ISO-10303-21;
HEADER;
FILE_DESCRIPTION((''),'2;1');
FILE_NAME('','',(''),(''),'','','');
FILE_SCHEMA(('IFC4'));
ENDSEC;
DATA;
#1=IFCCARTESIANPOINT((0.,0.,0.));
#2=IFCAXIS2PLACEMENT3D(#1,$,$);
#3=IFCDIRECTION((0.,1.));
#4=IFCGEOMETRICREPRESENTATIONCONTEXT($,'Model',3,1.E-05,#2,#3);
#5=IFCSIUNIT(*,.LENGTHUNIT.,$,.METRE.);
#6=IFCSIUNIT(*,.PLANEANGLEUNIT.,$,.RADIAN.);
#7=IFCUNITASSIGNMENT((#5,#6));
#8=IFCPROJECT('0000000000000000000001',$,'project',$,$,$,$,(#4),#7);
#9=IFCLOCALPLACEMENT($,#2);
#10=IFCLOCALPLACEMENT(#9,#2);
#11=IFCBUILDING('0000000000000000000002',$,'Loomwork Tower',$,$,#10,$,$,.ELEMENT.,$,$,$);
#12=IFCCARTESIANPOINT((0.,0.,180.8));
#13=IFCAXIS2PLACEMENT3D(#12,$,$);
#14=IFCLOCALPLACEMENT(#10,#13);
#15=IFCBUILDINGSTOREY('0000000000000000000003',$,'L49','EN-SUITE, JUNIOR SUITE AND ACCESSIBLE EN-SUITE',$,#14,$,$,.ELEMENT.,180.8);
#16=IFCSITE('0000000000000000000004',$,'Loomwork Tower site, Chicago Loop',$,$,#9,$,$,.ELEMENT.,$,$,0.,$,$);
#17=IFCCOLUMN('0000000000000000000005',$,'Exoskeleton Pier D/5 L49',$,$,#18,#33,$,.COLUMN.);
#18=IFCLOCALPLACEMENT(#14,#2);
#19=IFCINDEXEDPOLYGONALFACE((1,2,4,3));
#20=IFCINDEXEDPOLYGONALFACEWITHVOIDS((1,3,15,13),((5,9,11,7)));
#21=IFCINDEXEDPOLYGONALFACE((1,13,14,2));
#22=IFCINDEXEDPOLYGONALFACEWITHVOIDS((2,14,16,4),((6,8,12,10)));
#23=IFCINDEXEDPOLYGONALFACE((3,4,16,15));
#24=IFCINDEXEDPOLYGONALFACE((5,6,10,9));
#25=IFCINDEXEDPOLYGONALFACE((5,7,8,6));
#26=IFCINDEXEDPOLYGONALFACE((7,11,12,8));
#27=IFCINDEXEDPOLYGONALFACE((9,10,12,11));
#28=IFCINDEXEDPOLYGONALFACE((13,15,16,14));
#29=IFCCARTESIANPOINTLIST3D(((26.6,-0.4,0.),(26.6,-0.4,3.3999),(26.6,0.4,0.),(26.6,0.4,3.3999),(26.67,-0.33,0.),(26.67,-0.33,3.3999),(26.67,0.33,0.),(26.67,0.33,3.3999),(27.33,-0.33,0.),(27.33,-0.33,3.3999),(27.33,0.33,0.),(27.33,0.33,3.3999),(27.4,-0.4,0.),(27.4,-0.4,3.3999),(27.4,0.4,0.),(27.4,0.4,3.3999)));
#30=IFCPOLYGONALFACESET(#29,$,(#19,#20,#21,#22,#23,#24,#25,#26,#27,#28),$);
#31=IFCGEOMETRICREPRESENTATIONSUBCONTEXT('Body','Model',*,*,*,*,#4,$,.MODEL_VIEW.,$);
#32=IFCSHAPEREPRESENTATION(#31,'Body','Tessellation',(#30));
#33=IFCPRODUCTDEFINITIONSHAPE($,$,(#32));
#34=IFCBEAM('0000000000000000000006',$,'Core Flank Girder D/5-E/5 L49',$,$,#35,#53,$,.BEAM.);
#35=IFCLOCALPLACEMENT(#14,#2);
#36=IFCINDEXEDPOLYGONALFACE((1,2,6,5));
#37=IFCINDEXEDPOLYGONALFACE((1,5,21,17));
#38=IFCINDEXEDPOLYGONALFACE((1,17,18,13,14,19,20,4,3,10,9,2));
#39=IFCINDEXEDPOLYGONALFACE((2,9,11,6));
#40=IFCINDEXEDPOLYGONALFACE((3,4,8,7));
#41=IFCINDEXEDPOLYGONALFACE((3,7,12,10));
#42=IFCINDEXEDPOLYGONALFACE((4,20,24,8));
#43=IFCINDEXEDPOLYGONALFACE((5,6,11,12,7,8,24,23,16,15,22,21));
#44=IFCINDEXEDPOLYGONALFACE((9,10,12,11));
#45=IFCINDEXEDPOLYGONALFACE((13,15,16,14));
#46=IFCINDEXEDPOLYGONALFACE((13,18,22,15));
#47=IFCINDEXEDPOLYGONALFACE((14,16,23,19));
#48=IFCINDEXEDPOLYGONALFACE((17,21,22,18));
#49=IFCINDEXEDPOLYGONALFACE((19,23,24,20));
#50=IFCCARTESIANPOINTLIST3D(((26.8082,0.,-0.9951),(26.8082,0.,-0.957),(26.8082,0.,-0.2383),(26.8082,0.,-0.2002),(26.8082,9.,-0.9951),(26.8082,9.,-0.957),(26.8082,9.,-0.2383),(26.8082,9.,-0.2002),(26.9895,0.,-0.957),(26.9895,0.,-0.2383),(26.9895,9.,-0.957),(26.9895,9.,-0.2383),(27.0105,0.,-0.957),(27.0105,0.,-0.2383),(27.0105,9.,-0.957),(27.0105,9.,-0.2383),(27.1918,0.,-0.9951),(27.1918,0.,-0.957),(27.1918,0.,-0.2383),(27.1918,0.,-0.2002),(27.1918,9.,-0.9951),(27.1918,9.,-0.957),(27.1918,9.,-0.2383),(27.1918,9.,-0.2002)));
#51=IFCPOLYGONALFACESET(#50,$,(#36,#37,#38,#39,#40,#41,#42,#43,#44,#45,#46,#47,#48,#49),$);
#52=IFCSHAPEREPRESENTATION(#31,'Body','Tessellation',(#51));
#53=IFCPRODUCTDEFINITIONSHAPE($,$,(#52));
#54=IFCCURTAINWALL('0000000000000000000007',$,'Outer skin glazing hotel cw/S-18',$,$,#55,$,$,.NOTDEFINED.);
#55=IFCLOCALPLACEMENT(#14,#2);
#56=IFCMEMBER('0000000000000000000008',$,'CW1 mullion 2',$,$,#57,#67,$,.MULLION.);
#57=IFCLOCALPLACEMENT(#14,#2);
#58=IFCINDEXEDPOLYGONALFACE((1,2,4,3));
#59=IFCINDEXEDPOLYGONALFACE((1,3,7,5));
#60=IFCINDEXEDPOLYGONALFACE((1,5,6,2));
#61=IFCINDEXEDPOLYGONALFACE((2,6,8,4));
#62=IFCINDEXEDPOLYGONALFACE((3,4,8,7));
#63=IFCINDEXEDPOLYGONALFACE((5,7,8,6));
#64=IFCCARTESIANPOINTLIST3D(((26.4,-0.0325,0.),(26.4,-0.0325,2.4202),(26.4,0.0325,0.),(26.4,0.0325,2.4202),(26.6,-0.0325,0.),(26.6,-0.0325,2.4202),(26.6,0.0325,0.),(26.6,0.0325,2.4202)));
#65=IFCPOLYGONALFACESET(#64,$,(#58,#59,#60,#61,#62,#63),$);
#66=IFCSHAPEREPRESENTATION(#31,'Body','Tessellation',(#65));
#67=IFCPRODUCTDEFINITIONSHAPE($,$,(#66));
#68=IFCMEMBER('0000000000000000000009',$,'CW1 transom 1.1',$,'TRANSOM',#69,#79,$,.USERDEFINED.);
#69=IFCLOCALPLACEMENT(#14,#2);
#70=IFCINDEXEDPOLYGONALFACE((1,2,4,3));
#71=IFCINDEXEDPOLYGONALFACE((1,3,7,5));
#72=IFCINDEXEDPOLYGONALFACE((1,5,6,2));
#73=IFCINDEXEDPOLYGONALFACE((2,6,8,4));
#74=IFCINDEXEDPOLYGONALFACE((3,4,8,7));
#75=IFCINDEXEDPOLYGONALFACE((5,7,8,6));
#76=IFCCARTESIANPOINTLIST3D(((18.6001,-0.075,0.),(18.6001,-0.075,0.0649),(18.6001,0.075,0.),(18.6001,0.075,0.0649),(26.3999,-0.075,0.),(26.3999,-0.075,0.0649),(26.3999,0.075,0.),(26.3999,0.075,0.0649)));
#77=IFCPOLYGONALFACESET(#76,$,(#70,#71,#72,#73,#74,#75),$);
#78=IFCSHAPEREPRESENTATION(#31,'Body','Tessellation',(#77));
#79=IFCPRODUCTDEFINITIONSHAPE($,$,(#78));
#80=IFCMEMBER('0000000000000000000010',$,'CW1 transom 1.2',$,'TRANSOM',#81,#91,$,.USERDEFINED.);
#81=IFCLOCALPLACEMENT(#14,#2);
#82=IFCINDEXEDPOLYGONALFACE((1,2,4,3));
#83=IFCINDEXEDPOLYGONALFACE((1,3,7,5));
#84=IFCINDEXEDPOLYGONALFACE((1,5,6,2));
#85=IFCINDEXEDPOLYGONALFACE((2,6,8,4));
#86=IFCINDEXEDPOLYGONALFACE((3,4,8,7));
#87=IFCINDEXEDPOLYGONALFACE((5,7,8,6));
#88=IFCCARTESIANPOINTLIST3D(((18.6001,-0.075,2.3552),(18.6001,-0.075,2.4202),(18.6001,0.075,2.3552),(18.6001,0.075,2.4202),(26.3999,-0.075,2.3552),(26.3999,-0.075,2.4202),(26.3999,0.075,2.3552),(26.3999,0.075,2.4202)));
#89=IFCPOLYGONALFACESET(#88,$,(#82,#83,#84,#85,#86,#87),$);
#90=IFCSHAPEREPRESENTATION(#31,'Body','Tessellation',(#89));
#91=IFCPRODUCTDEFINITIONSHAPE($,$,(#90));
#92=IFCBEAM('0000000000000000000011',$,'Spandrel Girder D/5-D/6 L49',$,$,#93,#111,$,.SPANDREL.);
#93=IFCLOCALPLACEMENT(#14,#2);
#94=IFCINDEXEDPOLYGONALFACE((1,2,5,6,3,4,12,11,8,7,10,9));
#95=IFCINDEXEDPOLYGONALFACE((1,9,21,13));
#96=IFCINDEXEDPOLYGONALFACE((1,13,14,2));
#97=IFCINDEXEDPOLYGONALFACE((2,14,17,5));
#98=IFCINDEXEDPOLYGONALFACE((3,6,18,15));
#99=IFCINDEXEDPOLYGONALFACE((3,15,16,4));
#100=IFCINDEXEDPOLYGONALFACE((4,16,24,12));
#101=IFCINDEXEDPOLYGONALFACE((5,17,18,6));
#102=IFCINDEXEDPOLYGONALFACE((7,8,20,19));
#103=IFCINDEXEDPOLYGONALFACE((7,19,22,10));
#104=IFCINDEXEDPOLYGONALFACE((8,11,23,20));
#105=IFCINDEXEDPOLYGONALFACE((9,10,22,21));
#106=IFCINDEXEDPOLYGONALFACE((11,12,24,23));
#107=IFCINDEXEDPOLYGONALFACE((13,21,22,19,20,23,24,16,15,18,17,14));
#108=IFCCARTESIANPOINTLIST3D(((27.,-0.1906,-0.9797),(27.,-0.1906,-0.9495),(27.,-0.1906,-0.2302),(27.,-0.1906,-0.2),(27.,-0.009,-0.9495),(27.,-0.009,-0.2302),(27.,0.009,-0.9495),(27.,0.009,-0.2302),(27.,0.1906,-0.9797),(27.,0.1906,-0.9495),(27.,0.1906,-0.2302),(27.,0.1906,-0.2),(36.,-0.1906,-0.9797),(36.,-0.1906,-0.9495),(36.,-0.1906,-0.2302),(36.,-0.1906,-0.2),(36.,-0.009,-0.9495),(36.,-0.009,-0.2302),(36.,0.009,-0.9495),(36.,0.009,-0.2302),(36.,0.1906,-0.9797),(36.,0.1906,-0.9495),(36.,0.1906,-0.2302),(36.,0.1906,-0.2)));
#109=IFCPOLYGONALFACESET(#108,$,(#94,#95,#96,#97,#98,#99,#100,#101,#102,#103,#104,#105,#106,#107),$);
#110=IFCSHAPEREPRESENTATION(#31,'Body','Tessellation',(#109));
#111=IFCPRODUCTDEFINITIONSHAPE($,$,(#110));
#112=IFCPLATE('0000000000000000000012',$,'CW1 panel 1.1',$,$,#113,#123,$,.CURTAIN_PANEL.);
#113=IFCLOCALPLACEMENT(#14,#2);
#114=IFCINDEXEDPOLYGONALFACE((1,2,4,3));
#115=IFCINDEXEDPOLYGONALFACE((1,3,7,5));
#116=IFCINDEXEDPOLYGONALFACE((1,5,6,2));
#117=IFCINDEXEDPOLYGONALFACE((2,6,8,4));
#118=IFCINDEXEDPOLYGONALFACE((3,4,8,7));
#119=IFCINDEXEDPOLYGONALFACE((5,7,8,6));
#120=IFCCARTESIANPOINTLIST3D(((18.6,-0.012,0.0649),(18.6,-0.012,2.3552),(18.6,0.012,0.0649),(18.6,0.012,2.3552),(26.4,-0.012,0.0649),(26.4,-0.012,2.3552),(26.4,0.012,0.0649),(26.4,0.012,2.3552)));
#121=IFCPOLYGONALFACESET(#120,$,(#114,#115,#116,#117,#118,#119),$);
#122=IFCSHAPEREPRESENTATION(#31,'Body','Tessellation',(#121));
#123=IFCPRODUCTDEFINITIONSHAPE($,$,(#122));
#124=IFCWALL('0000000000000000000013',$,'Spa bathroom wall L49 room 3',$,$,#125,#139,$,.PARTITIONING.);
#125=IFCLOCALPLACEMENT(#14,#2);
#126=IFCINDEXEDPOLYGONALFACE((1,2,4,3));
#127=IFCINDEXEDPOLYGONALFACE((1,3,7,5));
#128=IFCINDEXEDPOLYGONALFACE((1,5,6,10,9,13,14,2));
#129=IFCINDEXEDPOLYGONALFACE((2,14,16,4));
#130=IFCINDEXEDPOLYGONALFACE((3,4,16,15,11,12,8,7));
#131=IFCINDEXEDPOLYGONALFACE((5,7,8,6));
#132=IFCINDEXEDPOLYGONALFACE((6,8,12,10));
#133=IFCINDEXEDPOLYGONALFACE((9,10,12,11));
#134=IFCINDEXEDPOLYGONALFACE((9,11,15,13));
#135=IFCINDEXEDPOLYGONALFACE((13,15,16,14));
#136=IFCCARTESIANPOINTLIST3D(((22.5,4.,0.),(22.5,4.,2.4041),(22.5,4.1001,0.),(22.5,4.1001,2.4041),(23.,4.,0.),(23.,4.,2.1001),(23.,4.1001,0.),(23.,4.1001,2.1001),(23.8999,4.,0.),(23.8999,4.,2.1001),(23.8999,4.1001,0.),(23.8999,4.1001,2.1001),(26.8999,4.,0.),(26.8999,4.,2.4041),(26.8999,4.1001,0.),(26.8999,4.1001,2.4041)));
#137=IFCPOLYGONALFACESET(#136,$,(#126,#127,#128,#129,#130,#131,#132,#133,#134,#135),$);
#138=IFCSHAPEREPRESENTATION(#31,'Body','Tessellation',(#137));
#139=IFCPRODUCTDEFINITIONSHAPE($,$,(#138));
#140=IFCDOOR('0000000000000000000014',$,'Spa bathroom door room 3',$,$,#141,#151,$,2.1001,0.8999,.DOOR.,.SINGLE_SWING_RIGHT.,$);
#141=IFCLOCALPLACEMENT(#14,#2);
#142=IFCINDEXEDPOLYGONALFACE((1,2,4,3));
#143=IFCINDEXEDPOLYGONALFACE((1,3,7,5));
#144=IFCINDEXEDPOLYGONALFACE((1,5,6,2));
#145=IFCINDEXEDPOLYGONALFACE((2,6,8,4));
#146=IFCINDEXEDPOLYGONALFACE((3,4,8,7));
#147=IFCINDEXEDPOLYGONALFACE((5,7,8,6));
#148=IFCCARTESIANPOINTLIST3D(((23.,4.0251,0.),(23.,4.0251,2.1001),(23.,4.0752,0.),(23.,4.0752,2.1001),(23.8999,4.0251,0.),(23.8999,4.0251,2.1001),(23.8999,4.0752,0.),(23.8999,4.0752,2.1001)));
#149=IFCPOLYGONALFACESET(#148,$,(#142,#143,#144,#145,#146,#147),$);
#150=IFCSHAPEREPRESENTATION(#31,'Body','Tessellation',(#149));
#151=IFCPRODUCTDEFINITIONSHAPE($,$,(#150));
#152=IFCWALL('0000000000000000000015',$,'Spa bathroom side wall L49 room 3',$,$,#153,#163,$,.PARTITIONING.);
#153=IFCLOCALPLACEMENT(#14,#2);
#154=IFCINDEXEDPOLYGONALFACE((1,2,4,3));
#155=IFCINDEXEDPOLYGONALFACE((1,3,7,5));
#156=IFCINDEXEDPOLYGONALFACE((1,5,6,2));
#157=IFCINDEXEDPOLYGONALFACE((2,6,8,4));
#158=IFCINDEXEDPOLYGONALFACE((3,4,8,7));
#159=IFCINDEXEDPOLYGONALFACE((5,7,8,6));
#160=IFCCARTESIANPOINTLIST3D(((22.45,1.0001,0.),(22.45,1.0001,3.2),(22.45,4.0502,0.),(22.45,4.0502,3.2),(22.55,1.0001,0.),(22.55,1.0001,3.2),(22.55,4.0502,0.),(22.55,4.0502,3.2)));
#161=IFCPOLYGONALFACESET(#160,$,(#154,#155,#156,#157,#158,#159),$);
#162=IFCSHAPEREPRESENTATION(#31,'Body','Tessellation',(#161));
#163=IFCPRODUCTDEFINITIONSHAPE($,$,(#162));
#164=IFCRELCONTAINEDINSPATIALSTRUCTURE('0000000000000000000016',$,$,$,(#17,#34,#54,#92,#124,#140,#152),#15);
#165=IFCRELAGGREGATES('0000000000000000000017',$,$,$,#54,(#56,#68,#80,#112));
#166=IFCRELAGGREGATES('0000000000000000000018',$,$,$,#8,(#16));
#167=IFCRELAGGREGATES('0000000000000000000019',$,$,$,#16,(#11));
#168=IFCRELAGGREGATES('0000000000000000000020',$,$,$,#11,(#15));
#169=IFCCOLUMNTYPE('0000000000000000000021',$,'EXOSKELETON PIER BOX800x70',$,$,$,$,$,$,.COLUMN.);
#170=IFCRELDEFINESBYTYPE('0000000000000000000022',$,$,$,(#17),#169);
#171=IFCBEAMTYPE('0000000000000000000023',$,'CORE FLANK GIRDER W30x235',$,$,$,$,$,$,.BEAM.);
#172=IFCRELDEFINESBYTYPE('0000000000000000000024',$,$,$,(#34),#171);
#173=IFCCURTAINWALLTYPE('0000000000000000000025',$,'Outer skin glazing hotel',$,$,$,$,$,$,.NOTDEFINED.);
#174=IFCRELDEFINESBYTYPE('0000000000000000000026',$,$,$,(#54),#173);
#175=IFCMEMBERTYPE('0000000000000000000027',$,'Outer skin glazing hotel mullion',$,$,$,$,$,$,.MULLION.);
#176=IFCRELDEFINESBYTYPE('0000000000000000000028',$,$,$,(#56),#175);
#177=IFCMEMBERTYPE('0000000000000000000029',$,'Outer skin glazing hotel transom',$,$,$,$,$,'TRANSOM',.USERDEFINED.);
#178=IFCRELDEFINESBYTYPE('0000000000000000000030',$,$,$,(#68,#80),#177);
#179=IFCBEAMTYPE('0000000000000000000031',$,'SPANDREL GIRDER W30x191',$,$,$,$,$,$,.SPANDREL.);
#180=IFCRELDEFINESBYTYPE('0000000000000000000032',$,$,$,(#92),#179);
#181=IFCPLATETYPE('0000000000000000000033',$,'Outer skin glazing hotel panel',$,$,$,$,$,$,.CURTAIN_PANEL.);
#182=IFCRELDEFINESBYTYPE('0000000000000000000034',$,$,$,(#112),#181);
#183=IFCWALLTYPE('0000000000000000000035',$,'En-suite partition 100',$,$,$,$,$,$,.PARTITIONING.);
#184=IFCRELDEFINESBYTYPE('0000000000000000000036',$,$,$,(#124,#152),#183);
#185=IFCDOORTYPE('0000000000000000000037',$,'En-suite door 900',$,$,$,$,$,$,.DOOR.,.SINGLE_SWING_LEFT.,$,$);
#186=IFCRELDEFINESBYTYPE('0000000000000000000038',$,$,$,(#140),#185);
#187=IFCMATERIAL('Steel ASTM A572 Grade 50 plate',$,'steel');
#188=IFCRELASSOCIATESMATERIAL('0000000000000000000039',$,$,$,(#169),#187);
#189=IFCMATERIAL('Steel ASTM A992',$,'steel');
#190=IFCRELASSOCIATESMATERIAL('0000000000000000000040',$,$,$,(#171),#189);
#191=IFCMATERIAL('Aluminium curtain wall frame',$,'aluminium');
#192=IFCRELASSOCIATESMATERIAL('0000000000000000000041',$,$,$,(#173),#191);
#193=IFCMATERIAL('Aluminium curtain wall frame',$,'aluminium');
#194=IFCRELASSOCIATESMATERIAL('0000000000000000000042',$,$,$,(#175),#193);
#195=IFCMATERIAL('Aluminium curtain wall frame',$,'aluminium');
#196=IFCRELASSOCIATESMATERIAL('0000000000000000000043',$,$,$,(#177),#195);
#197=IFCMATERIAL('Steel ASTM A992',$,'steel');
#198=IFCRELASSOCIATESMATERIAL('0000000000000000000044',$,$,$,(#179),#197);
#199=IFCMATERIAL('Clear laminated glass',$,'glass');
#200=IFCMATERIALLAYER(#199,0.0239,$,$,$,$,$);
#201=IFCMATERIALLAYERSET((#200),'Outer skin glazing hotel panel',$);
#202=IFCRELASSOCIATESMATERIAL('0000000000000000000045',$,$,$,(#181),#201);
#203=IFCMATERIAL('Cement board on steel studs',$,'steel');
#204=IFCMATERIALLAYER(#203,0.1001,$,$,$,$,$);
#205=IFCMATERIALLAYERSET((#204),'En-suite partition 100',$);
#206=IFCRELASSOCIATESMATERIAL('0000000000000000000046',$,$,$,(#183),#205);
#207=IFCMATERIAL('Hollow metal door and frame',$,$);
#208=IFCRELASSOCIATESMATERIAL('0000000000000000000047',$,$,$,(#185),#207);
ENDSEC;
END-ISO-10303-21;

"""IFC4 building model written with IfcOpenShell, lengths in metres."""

from ifc_helpers import new_model, si_unit, direction, frame, frame_2d, origin, origin_2d, place, context, subcontext, project, spatial, rectangle, hollow_rectangle, i_section, extrude, material, layer, layer_set, material_profile, profile_set, type_object, element, fill, aggregate, save


model = new_model("IFC4")

# Units and contexts
model_context = context("Model", 3, precision=1e-05, world=origin(), true_north=direction((0.0, 1.0)))
body_context = subcontext(model_context, "Body", "Model", "MODEL_VIEW")
ifc_project = project(units=[si_unit("LENGTHUNIT", "METRE"), si_unit("PLANEANGLEUNIT", "RADIAN")], contexts=[model_context])

# Site, building, storey
site_placement = place(None, origin())
site = spatial("IfcSite", under=ifc_project, at=site_placement, Name="Loomwork Tower site, Chicago Loop", CompositionType="ELEMENT", RefElevation=0.0)
building_placement = place(site_placement, origin())
building = spatial("IfcBuilding", under=site, at=building_placement, Name="Loomwork Tower", CompositionType="ELEMENT")
storey_placement = place(building_placement, frame((0.0, 0.0, 180.8)))
storey = spatial("IfcBuildingStorey", under=building, at=storey_placement, Name="L49", Description="EN-SUITE, JUNIOR SUITE AND ACCESSIBLE EN-SUITE", CompositionType="ELEMENT", Elevation=180.8)

# Column
ifc_material_1 = material(Name="Steel ASTM A572 Grade 50 plate", Category="steel")
ifc_material_profile_1 = material_profile(ifc_material_1, hollow_rectangle(XDim=0.8, YDim=0.8, WallThickness=0.0701, at=origin_2d()), Name="BOX800x70")
ifc_profile_set_1 = profile_set([ifc_material_profile_1], Name="Steel ASTM A572 Grade 50 plate")
column_type = type_object("IfcColumnType", Name="EXOSKELETON PIER BOX800x70", PredefinedType="COLUMN", material=ifc_profile_set_1)
column_placement = place(storey_placement, frame((27.0, 0.0, 0.0), z_axis=(0.0, 0.0, 1.0), x_axis=(1.0, 0.0, 0.0)))
element("IfcColumn", 1, at=column_placement, inside=storey, type_object=column_type, Name="Exoskeleton Pier D/5 L49", PredefinedType="COLUMN", context=body_context, shape_type="SweptSolid", body=[
    extrude(hollow_rectangle(XDim=0.8, YDim=0.8, WallThickness=0.0701, at=origin_2d()), origin(), (0.0, 0.0, 1.0), 3.3999),
])

# Beam
ifc_material_2 = material(Name="Steel ASTM A992", Category="steel")
ifc_material_profile_2 = material_profile(ifc_material_2, i_section(OverallWidth=0.3835, OverallDepth=0.7949, WebThickness=0.021, FlangeThickness=0.0381, at=origin_2d()), Name="W30x235")
ifc_profile_set_2 = profile_set([ifc_material_profile_2], Name="Steel ASTM A992")
beam_type_1 = type_object("IfcBeamType", Name="CORE FLANK GIRDER W30x235", PredefinedType="BEAM", material=ifc_profile_set_2)
beam_1_placement = place(storey_placement, frame((27.0, 0.0, -0.5977), z_axis=(0.0, 1.0, 0.0), x_axis=(-1.0, 0.0, 0.0)))
element("IfcBeam", 2, at=beam_1_placement, inside=storey, type_object=beam_type_1, Name="Core Flank Girder D/5-E/5 L49", PredefinedType="BEAM", context=body_context, shape_type="SweptSolid", body=[
    extrude(i_section(OverallWidth=0.3835, OverallDepth=0.7949, WebThickness=0.021, FlangeThickness=0.0381, at=origin_2d()), origin(), (0.0, 0.0, 1.0), 9.0),
])

# Curtain wall, members
ifc_material_3 = material(Name="Aluminium curtain wall frame", Category="aluminium")
curtain_wall_type = type_object("IfcCurtainWallType", Name="Outer skin glazing hotel", PredefinedType="NOTDEFINED", material=ifc_material_3)
curtain_wall_placement = place(storey_placement, origin())
curtain_wall = element("IfcCurtainWall", 3, at=curtain_wall_placement, inside=storey, type_object=curtain_wall_type, Name="Outer skin glazing hotel cw/S-18", PredefinedType="NOTDEFINED")
ifc_material_4 = material(Name="Aluminium curtain wall frame", Category="aluminium")
ifc_material_profile_3 = material_profile(ifc_material_4, rectangle(XDim=0.0649, YDim=0.2, at=origin_2d()), Name="AL 65x200")
ifc_profile_set_3 = profile_set([ifc_material_profile_3], Name="Aluminium curtain wall frame")
member_type_1 = type_object("IfcMemberType", Name="Outer skin glazing hotel mullion", PredefinedType="MULLION", material=ifc_profile_set_3)
member_1_placement = place(storey_placement, frame((26.5, 0.0, 0.0), z_axis=(0.0, 0.0, 1.0), x_axis=(0.0, 1.0, 0.0)))
member_1 = element("IfcMember", 4, at=member_1_placement, type_object=member_type_1, Name="CW1 mullion 2", PredefinedType="MULLION", context=body_context, shape_type="SweptSolid", body=[
    extrude(rectangle(XDim=0.0649, YDim=0.2, at=origin_2d()), origin(), (0.0, 0.0, 1.0), 2.4202),
])
ifc_material_5 = material(Name="Aluminium curtain wall frame", Category="aluminium")
ifc_material_profile_4 = material_profile(ifc_material_5, rectangle(XDim=0.1499, YDim=0.0649, at=origin_2d()), Name="AL 65x150")
ifc_profile_set_4 = profile_set([ifc_material_profile_4], Name="Aluminium curtain wall frame")
member_type_2 = type_object("IfcMemberType", Name="Outer skin glazing hotel transom", ElementType="TRANSOM", PredefinedType="USERDEFINED", material=ifc_profile_set_4)
member_2_placement = place(storey_placement, frame((18.6001, 0.0, 0.0325), z_axis=(1.0, 0.0, 0.0), x_axis=(0.0, 1.0, 0.0)))
member_2 = element("IfcMember", 5, at=member_2_placement, type_object=member_type_2, Name="CW1 transom 1.1", ObjectType="TRANSOM", PredefinedType="USERDEFINED", context=body_context, shape_type="SweptSolid", body=[
    extrude(rectangle(XDim=0.1499, YDim=0.0649, at=origin_2d()), origin(), (0.0, 0.0, 1.0), 7.7998),
])
member_3_placement = place(storey_placement, frame((18.6001, 0.0, 2.3877), z_axis=(1.0, 0.0, 0.0), x_axis=(0.0, 1.0, 0.0)))
member_3 = element("IfcMember", 6, at=member_3_placement, type_object=member_type_2, Name="CW1 transom 1.2", ObjectType="TRANSOM", PredefinedType="USERDEFINED", context=body_context, shape_type="SweptSolid", body=[
    extrude(rectangle(XDim=0.1499, YDim=0.0649, at=origin_2d()), origin(), (0.0, 0.0, 1.0), 7.7998),
])

# Beam
ifc_material_6 = material(Name="Steel ASTM A992", Category="steel")
ifc_material_profile_5 = material_profile(ifc_material_6, i_section(OverallWidth=0.3811, OverallDepth=0.7798, WebThickness=0.0181, FlangeThickness=0.0303, at=origin_2d()), Name="W30x191")
ifc_profile_set_5 = profile_set([ifc_material_profile_5], Name="Steel ASTM A992")
beam_type_2 = type_object("IfcBeamType", Name="SPANDREL GIRDER W30x191", PredefinedType="SPANDREL", material=ifc_profile_set_5)
beam_2_placement = place(storey_placement, frame((27.0, 0.0, -0.5898), z_axis=(1.0, 0.0, 0.0), x_axis=(0.0, 1.0, 0.0)))
element("IfcBeam", 7, at=beam_2_placement, inside=storey, type_object=beam_type_2, Name="Spandrel Girder D/5-D/6 L49", PredefinedType="SPANDREL", context=body_context, shape_type="SweptSolid", body=[
    extrude(i_section(OverallWidth=0.3811, OverallDepth=0.7798, WebThickness=0.0181, FlangeThickness=0.0303, at=origin_2d()), origin(), (0.0, 0.0, 1.0), 9.0),
])

# Plate
ifc_material_7 = material(Name="Clear laminated glass", Category="glass")
ifc_layer_1 = layer(ifc_material_7, 0.0239)
ifc_layer_set_1 = layer_set([ifc_layer_1], Name="Outer skin glazing hotel panel")
plate_type = type_object("IfcPlateType", Name="Outer skin glazing hotel panel", PredefinedType="CURTAIN_PANEL", material=ifc_layer_set_1)
plate_placement = place(storey_placement, frame((22.5, 0.0, 0.0649), z_axis=(0.0, 0.0, 1.0), x_axis=(1.0, 0.0, 0.0)))
plate = element("IfcPlate", 8, at=plate_placement, type_object=plate_type, Name="CW1 panel 1.1", PredefinedType="CURTAIN_PANEL", context=body_context, shape_type="SweptSolid", body=[
    extrude(rectangle(XDim=7.8, YDim=0.0239, at=origin_2d()), origin(), (0.0, 0.0, 1.0), 2.2903),
])
aggregate(curtain_wall, [member_1, member_2, member_3, plate])

# Wall, opening, door
ifc_material_8 = material(Name="Cement board on steel studs", Category="steel")
ifc_layer_2 = layer(ifc_material_8, 0.1001)
ifc_layer_set_2 = layer_set([ifc_layer_2], Name="En-suite partition 100")
wall_type_1 = type_object("IfcWallType", Name="En-suite partition 100", PredefinedType="PARTITIONING", material=ifc_layer_set_2)
wall_1_placement = place(storey_placement, frame((22.5, 4.05, 0.0), z_axis=(0.0, 0.0, 1.0), x_axis=(1.0, 0.0, 0.0)))
wall_1 = element("IfcWall", 9, at=wall_1_placement, inside=storey, type_object=wall_type_1, Name="Spa bathroom wall L49 room 3", PredefinedType="PARTITIONING", context=body_context, shape_type="SweptSolid", body=[
    extrude(rectangle(XDim=4.3999, YDim=0.1001, at=frame_2d((2.2, 0.0))), origin(), (0.0, 0.0, 1.0), 2.4041),
])
opening_placement = place(wall_1_placement, frame((0.5, 0.0, 0.0)))
opening = element("IfcOpeningElement", 10, at=opening_placement, cuts=wall_1, PredefinedType="OPENING", context=body_context, shape_type="SweptSolid", body=[
    extrude(rectangle(XDim=0.8999, YDim=2.1001, at=frame_2d((0.45, 1.05))), frame((0.0, 0.0601, 0.0), z_axis=(0.0, -1.0, 0.0), x_axis=(1.0, 0.0, 0.0)), (0.0, 0.0, 1.0), 0.1201),
])
ifc_material_9 = material(Name="Hollow metal door and frame")
door_type = type_object("IfcDoorType", Name="En-suite door 900", OperationType="SINGLE_SWING_LEFT", PredefinedType="DOOR", material=ifc_material_9)
door_placement = place(opening_placement, frame((0.8999, 0.0, 0.0), z_axis=(0.0, 0.0, 1.0), x_axis=(-1.0, 0.0, 0.0)))
door = element("IfcDoor", 11, at=door_placement, inside=storey, type_object=door_type, Name="Spa bathroom door room 3", OperationType="SINGLE_SWING_RIGHT", OverallHeight=2.1001, OverallWidth=0.8999, PredefinedType="DOOR", context=body_context, shape_type="SweptSolid", body=[
    extrude(rectangle(XDim=0.8999, YDim=2.1001, at=frame_2d((0.45, 1.05))), frame((0.0, 0.0249, 0.0), z_axis=(0.0, -1.0, 0.0), x_axis=(1.0, 0.0, 0.0)), (0.0, 0.0, 1.0), 0.05),
])
fill(opening, door)

# Wall
wall_2_placement = place(storey_placement, frame((22.5, 4.05, 0.0), z_axis=(0.0, 0.0, 1.0), x_axis=(0.0, -1.0, 0.0)))
element("IfcWall", 12, at=wall_2_placement, inside=storey, type_object=wall_type_1, Name="Spa bathroom side wall L49 room 3", PredefinedType="PARTITIONING", context=body_context, shape_type="SweptSolid", body=[
    extrude(rectangle(XDim=3.05, YDim=0.1001, at=frame_2d((1.5249, 0.0))), origin(), (0.0, 0.0, 1.0), 3.2),
])

save(model, "model.ifc")
